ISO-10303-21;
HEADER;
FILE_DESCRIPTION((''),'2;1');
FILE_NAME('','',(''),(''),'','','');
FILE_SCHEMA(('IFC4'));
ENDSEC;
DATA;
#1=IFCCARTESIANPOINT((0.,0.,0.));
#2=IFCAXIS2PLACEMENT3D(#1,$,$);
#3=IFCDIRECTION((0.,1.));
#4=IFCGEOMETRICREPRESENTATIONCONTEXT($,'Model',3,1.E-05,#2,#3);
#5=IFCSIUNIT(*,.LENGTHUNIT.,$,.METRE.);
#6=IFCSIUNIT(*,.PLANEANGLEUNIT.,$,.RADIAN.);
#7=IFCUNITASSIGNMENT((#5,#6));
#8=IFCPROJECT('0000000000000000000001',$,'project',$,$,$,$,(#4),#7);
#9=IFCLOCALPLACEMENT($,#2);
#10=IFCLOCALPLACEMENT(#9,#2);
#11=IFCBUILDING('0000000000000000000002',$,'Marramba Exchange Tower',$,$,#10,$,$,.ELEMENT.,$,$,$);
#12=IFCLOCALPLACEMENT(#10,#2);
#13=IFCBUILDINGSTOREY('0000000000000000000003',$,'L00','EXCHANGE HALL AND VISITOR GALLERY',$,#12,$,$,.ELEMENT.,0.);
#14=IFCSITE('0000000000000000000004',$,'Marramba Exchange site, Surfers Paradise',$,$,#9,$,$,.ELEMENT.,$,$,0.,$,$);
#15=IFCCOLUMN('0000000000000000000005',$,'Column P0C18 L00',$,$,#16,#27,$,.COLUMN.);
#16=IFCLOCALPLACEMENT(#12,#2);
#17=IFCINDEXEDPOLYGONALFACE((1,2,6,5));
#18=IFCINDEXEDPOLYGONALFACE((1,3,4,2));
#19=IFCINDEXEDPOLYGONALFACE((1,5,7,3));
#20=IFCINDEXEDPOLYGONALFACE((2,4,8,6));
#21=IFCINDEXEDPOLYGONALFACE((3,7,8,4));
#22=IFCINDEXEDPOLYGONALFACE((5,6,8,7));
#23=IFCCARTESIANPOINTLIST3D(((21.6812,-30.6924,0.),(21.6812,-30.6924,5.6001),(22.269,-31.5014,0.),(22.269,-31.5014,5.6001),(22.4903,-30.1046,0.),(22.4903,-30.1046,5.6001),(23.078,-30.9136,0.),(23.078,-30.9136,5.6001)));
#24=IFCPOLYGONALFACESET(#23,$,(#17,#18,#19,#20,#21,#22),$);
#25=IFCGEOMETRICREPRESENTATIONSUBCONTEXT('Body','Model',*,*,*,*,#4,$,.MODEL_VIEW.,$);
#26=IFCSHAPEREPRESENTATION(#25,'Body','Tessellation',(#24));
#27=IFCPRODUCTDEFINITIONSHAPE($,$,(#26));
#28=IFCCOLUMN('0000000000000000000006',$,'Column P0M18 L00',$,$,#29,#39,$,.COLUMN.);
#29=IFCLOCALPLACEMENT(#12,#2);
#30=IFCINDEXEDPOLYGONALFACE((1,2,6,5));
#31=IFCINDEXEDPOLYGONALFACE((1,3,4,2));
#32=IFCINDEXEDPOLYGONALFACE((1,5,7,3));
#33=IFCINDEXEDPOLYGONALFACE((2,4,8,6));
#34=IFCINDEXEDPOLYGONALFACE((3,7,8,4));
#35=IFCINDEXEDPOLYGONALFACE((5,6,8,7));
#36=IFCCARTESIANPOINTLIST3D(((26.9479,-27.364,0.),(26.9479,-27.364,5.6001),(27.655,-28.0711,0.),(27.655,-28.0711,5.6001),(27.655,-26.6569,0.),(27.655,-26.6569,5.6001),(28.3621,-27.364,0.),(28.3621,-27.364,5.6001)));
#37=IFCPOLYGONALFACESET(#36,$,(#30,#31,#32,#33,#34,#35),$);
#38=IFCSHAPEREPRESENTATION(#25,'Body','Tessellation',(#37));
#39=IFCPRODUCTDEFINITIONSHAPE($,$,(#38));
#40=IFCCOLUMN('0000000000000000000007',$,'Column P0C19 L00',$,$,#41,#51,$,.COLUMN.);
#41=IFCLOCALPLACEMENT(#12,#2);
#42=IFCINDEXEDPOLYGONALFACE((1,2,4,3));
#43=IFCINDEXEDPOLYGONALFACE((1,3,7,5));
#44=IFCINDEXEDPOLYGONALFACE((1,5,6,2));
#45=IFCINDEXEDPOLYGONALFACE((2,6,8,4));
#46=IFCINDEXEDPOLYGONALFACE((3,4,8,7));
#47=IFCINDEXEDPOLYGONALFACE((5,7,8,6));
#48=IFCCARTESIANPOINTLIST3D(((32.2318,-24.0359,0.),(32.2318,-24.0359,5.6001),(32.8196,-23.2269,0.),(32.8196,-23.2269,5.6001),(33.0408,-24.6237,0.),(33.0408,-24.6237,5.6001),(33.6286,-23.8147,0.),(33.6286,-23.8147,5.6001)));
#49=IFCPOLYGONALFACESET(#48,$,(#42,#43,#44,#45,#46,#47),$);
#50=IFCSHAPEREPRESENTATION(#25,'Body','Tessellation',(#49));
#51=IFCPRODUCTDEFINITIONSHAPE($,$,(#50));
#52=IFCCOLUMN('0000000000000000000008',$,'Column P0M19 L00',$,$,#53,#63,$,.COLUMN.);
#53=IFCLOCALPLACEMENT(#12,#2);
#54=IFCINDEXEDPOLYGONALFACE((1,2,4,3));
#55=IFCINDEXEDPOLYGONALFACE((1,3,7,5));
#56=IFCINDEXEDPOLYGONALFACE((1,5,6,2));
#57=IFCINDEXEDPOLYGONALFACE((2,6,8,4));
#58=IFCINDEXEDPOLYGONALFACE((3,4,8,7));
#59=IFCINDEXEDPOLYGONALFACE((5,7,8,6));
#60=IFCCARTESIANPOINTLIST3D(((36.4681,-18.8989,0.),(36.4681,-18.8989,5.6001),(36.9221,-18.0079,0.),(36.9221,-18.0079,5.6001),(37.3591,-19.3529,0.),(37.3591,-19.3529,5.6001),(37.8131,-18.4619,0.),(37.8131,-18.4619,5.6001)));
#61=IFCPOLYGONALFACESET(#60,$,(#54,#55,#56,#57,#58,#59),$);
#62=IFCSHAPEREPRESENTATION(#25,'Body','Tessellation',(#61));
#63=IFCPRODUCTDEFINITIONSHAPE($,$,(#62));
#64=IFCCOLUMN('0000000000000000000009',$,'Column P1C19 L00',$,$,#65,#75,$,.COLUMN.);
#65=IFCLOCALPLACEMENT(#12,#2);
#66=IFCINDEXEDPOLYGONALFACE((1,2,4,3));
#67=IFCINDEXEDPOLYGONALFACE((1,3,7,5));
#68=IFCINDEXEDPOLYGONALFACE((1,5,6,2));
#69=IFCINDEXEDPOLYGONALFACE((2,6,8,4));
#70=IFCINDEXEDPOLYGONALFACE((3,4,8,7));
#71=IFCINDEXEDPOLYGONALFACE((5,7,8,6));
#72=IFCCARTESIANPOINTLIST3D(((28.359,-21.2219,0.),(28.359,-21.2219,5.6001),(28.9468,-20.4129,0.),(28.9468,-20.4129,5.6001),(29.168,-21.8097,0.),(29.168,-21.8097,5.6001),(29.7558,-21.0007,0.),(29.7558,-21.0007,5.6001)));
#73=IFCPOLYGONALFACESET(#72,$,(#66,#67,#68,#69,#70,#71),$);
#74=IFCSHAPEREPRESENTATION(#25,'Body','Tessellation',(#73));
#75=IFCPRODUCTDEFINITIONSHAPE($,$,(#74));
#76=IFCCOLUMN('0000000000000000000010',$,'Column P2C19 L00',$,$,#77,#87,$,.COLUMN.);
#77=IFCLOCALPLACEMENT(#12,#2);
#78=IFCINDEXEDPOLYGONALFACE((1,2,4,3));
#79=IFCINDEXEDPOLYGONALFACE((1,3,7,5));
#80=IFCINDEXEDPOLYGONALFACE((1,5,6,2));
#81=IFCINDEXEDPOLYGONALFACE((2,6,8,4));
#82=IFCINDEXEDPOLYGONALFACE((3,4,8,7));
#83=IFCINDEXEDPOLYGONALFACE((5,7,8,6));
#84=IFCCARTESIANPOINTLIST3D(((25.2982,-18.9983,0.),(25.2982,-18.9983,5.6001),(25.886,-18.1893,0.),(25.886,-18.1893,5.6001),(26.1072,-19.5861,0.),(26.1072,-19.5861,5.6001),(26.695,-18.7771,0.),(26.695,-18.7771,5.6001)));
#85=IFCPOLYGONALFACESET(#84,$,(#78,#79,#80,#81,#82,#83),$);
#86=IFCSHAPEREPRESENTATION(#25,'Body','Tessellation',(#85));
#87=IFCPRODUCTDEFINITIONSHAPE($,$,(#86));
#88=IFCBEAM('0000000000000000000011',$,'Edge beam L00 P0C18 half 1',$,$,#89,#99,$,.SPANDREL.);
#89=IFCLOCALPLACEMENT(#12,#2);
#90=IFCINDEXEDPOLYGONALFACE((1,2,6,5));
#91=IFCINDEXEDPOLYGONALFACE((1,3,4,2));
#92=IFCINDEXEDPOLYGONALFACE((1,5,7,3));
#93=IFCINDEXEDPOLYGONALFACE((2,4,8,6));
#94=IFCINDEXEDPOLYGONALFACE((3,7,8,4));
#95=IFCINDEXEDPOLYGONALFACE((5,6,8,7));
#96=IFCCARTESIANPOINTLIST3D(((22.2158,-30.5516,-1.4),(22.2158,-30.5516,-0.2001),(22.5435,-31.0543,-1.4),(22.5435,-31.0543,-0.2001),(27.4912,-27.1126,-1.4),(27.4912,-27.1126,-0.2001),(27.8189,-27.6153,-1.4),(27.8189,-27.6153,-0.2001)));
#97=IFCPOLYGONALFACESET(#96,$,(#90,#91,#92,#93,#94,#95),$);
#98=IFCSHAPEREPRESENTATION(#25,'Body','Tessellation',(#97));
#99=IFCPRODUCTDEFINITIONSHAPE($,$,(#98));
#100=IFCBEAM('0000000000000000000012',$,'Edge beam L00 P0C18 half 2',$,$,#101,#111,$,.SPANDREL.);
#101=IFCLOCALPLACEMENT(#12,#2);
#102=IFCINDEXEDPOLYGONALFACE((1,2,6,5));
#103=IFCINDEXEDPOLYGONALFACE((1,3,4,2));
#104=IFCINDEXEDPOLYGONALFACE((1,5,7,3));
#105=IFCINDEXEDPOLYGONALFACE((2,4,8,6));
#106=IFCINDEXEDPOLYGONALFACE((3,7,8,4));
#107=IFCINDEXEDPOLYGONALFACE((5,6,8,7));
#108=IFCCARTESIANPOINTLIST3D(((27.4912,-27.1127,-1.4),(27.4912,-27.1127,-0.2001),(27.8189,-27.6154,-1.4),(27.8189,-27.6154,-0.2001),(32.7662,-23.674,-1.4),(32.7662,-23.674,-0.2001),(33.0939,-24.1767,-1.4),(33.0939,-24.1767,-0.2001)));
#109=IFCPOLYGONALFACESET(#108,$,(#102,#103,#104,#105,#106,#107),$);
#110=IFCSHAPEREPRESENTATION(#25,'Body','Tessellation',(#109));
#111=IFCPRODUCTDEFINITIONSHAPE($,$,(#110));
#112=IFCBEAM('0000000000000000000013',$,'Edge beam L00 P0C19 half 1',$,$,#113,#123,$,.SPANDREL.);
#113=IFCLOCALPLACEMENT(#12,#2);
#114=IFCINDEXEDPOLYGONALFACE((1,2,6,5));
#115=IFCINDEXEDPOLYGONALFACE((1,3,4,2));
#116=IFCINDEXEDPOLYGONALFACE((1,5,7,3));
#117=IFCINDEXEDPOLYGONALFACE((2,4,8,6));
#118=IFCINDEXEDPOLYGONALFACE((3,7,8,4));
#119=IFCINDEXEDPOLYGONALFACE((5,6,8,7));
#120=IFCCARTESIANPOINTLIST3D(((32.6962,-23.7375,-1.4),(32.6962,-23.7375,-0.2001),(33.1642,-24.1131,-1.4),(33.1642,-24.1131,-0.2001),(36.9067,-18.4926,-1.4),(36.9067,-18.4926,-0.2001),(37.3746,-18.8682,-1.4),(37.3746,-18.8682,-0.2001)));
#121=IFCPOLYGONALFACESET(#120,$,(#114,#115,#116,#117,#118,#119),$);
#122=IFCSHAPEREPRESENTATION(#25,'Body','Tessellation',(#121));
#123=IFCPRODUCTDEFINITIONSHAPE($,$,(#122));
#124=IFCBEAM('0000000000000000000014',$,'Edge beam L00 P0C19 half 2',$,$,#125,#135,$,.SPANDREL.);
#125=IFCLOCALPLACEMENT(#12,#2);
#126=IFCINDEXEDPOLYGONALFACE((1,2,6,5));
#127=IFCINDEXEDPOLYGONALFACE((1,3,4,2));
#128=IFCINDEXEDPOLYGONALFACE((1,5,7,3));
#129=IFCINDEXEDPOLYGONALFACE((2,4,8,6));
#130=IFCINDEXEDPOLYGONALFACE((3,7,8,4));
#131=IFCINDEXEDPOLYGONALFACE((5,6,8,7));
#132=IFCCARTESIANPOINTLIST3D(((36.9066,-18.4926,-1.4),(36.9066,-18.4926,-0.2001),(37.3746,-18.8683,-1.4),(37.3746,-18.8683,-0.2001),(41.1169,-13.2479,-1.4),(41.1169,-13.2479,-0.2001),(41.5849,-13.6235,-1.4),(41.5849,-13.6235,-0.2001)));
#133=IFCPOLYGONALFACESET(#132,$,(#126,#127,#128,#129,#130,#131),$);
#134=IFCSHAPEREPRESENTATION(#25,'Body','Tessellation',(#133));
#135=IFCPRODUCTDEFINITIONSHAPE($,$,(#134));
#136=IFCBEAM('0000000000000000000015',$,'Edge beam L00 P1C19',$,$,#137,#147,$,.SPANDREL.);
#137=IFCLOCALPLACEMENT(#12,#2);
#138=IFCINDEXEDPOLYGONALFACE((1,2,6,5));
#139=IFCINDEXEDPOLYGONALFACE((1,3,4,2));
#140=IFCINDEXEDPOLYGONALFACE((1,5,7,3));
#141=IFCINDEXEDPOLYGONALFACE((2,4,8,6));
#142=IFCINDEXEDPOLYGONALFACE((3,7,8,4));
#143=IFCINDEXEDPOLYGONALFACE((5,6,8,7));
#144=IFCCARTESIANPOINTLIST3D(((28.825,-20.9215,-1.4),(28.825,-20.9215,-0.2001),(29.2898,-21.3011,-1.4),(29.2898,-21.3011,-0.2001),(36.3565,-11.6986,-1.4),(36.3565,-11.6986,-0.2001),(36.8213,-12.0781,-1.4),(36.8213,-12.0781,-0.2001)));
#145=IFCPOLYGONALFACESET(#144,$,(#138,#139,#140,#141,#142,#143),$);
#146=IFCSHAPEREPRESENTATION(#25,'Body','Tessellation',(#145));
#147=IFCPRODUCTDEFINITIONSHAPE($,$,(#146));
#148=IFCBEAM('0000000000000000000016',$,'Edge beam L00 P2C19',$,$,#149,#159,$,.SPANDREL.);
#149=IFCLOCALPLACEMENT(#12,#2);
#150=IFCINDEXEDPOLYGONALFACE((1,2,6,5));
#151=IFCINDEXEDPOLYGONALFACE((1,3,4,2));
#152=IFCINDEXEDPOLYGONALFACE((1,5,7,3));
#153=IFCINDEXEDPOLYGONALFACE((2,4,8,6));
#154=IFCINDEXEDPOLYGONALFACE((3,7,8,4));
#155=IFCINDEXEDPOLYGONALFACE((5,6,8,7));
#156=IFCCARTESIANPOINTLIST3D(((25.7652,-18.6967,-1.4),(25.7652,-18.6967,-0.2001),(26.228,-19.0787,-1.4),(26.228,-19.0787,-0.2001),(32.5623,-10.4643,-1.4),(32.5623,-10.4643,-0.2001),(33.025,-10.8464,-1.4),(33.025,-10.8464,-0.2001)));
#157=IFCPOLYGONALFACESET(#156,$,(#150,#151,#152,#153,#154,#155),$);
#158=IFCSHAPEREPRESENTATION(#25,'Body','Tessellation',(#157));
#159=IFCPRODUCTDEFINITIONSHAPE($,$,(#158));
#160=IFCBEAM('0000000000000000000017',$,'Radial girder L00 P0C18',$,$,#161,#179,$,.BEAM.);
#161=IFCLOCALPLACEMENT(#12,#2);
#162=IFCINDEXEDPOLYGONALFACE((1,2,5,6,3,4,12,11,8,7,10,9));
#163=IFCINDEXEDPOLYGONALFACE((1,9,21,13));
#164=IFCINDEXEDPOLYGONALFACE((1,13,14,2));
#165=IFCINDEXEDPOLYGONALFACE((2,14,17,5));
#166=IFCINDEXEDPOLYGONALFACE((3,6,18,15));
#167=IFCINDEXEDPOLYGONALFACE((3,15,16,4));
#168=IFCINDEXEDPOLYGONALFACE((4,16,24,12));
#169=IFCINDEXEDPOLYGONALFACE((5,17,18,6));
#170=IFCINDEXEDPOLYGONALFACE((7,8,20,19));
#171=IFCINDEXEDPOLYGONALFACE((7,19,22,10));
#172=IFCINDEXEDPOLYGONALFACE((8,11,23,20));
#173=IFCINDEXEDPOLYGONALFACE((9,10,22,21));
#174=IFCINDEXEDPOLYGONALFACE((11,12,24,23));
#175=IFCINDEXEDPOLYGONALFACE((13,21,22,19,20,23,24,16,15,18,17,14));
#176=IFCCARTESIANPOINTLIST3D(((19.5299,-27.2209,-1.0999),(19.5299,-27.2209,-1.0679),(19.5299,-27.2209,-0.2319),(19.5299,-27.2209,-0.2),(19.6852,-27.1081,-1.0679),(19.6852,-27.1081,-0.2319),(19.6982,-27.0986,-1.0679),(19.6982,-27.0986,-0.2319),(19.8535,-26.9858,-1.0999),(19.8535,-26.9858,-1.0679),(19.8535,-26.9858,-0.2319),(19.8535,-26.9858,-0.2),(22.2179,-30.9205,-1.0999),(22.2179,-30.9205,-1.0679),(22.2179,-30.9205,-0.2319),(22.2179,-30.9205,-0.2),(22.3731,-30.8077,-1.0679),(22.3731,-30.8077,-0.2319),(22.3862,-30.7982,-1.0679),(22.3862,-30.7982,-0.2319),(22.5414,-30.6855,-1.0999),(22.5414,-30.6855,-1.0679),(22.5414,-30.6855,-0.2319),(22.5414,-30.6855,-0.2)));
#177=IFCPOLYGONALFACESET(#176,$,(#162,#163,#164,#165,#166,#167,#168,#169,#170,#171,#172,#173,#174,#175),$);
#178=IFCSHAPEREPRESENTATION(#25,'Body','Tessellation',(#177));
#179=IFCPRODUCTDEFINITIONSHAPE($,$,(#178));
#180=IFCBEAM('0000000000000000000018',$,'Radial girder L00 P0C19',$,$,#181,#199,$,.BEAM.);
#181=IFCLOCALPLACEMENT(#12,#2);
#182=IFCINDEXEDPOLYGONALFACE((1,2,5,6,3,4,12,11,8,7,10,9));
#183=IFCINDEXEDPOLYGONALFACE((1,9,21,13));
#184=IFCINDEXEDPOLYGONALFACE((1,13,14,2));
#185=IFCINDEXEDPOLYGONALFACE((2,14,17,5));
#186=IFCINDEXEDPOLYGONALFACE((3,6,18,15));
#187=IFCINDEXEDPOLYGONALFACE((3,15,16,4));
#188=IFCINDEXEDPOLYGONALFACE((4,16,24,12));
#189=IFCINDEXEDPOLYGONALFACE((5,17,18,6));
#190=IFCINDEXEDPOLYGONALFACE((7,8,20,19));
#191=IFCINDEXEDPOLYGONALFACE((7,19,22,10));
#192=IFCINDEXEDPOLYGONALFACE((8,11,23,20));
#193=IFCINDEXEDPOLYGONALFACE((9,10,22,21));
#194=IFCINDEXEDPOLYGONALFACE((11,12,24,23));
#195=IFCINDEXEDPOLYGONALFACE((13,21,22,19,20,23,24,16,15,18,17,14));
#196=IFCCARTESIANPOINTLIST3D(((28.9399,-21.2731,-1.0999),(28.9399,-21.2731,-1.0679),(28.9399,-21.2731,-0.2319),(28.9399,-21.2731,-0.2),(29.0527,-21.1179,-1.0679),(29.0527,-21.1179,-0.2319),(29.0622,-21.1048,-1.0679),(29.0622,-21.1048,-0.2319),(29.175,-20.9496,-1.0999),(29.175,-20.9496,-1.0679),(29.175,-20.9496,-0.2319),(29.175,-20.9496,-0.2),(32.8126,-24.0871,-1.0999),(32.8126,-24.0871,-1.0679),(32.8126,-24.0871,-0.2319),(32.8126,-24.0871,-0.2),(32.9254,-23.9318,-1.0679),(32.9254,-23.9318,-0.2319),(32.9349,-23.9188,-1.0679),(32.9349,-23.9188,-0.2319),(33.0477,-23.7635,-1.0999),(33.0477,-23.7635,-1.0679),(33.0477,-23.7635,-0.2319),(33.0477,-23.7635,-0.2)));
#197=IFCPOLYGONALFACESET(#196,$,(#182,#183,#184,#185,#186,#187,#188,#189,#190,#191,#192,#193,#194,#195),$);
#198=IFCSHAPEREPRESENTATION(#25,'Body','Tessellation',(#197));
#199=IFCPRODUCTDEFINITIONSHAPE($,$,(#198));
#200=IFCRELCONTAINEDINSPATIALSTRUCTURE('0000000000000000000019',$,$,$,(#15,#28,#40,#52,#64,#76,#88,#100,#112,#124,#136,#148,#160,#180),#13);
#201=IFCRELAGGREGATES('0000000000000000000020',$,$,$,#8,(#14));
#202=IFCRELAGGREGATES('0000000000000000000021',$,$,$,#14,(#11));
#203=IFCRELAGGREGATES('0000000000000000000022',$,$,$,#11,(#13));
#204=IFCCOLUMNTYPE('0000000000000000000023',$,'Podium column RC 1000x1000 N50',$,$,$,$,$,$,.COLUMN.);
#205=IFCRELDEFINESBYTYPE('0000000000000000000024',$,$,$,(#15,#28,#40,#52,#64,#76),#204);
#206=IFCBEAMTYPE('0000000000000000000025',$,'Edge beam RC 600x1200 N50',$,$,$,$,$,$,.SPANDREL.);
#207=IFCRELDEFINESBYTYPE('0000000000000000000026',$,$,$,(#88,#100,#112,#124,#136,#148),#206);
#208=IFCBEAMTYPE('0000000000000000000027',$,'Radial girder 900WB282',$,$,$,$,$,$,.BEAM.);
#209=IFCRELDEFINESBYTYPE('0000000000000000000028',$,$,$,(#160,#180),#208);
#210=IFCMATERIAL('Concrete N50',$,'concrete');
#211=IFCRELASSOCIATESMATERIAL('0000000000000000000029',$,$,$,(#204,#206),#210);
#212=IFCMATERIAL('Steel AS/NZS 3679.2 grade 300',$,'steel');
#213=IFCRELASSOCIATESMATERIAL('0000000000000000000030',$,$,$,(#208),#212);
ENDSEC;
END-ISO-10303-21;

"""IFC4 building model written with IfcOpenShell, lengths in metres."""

from ifc_helpers import new_model, si_unit, direction, frame, origin, origin_2d, place, context, subcontext, project, spatial, rectangle, i_section, extrude, material, material_profile, profile_set, type_object, element, save


model = new_model("IFC4")

# Units and contexts
model_context = context("Model", 3, precision=1e-05, world=origin(), true_north=direction((0.0, 1.0)))
body_context = subcontext(model_context, "Body", "Model", "MODEL_VIEW")
ifc_project = project(units=[si_unit("LENGTHUNIT", "METRE"), si_unit("PLANEANGLEUNIT", "RADIAN")], contexts=[model_context])

# Site, building, storey
site_placement = place(None, origin())
site = spatial("IfcSite", under=ifc_project, at=site_placement, Name="Marramba Exchange site, Surfers Paradise", CompositionType="ELEMENT", RefElevation=0.0)
building_placement = place(site_placement, origin())
building = spatial("IfcBuilding", under=site, at=building_placement, Name="Marramba Exchange Tower", CompositionType="ELEMENT")
storey_placement = place(building_placement, origin())
storey = spatial("IfcBuildingStorey", under=building, at=storey_placement, Name="L00", Description="EXCHANGE HALL AND VISITOR GALLERY", CompositionType="ELEMENT", Elevation=0.0)

# Columns
ifc_material_1 = material(Name="Concrete N50", Category="concrete")
ifc_material_profile_1 = material_profile(ifc_material_1, rectangle(XDim=1.0, YDim=1.0, at=origin_2d()), Name="RC 1000x1000")
ifc_profile_set_1 = profile_set([ifc_material_profile_1], Name="Concrete N50")
column_type = type_object("IfcColumnType", Name="Podium column RC 1000x1000 N50", PredefinedType="COLUMN", material=ifc_profile_set_1)
for number, where, z_axis, x_axis, name in (
    (1, (22.3796, -30.803, 0.0), (0.0, 0.0, 1.0), (0.587785, -0.809017, 0.0), "Column P0C18 L00"),
    (2, (27.655, -27.364, 0.0), (0.0, 0.0, 1.0), (0.707107, -0.707107, 0.0), "Column P0M18 L00"),
    (3, (32.9302, -23.9253, 0.0), (0.0, 0.0, 1.0), (0.809017, -0.587785, 0.0), "Column P0C19 L00"),
    (4, (37.1406, -18.6804, 0.0), (0.0, 0.0, 1.0), (0.891007, -0.45399, 0.0), "Column P0M19 L00"),
    (5, (29.0574, -21.1113, 0.0), (0.0, 0.0, 1.0), (0.809017, -0.587785, 0.0), "Column P1C19 L00"),
    (6, (25.9966, -18.8877, 0.0), (0.0, 0.0, 1.0), (0.809017, -0.587785, 0.0), "Column P2C19 L00"),
):
    element("IfcColumn", number, at=place(storey_placement, frame(where, z_axis=z_axis, x_axis=x_axis)), inside=storey, type_object=column_type, Name=name, PredefinedType="COLUMN", context=body_context, shape_type="SweptSolid", body=[
        extrude(rectangle(XDim=1.0, YDim=1.0, at=origin_2d()), origin(), (0.0, 0.0, 1.0), 5.6001),
    ])

# Beams
ifc_material_profile_2 = material_profile(ifc_material_1, rectangle(XDim=0.6001, YDim=1.2, at=origin_2d()), Name="RC 600x1200")
ifc_profile_set_2 = profile_set([ifc_material_profile_2], Name="Concrete N50")
beam_type_1 = type_object("IfcBeamType", Name="Edge beam RC 600x1200 N50", PredefinedType="SPANDREL", material=ifc_profile_set_2)
beam_1_placement = place(storey_placement, frame((22.3796, -30.803, -0.8), z_axis=(0.83772, 0.5461, 0.0), x_axis=(-0.5461, 0.83772, 0.0)))
element("IfcBeam", 7, at=beam_1_placement, inside=storey, type_object=beam_type_1, Name="Edge beam L00 P0C18 half 1", PredefinedType="SPANDREL", context=body_context, shape_type="SweptSolid", body=[
    extrude(rectangle(XDim=0.6001, YDim=1.2, at=origin_2d()), origin(), (0.0, 0.0, 1.0), 6.2974),
])
beam_2_placement = place(storey_placement, frame((27.655, -27.364, -0.8), z_axis=(0.837726, 0.54609, 0.0), x_axis=(-0.54609, 0.837726, 0.0)))
element("IfcBeam", 8, at=beam_2_placement, inside=storey, type_object=beam_type_1, Name="Edge beam L00 P0C18 half 2", PredefinedType="SPANDREL", context=body_context, shape_type="SweptSolid", body=[
    extrude(rectangle(XDim=0.6001, YDim=1.2, at=origin_2d()), origin(), (0.0, 0.0, 1.0), 6.2969),
])
beam_3_placement = place(storey_placement, frame((32.9302, -23.9253, -0.8), z_axis=(0.626013, 0.779812, 0.0), x_axis=(-0.779812, 0.626013, 0.0)))
element("IfcBeam", 9, at=beam_3_placement, inside=storey, type_object=beam_type_1, Name="Edge beam L00 P0C19 half 1", PredefinedType="SPANDREL", context=body_context, shape_type="SweptSolid", body=[
    extrude(rectangle(XDim=0.6001, YDim=1.2, at=origin_2d()), origin(), (0.0, 0.0, 1.0), 6.7258),
])
beam_4_placement = place(storey_placement, frame((37.1406, -18.6804, -0.8), z_axis=(0.626009, 0.779816, 0.0), x_axis=(-0.779816, 0.626009, 0.0)))
element("IfcBeam", 10, at=beam_4_placement, inside=storey, type_object=beam_type_1, Name="Edge beam L00 P0C19 half 2", PredefinedType="SPANDREL", context=body_context, shape_type="SweptSolid", body=[
    extrude(rectangle(XDim=0.6001, YDim=1.2, at=origin_2d()), origin(), (0.0, 0.0, 1.0), 6.7256),
])
beam_5_placement = place(storey_placement, frame((29.0574, -21.1113, -0.8), z_axis=(0.632507, 0.774554, 0.0), x_axis=(-0.774554, 0.632507, 0.0)))
element("IfcBeam", 11, at=beam_5_placement, inside=storey, type_object=beam_type_1, Name="Edge beam L00 P1C19", PredefinedType="SPANDREL", context=body_context, shape_type="SweptSolid", body=[
    extrude(rectangle(XDim=0.6001, YDim=1.2, at=origin_2d()), origin(), (0.0, 0.0, 1.0), 11.9075),
])
beam_6_placement = place(storey_placement, frame((25.9966, -18.8877, -0.8), z_axis=(0.636682, 0.771126, 0.0), x_axis=(-0.771126, 0.636682, 0.0)))
element("IfcBeam", 12, at=beam_6_placement, inside=storey, type_object=beam_type_1, Name="Edge beam L00 P2C19", PredefinedType="SPANDREL", context=body_context, shape_type="SweptSolid", body=[
    extrude(rectangle(XDim=0.6001, YDim=1.2, at=origin_2d()), origin(), (0.0, 0.0, 1.0), 10.6758),
])
ifc_material_2 = material(Name="Steel AS/NZS 3679.2 grade 300", Category="steel")
ifc_material_profile_3 = material_profile(ifc_material_2, i_section(OverallWidth=0.3999, OverallDepth=0.8999, WebThickness=0.0161, FlangeThickness=0.032, at=origin_2d()), Name="900WB282")
ifc_profile_set_3 = profile_set([ifc_material_profile_3], Name="Steel AS/NZS 3679.2 grade 300")
beam_type_2 = type_object("IfcBeamType", Name="Radial girder 900WB282", PredefinedType="BEAM", material=ifc_profile_set_3)
beam_7_placement = place(storey_placement, frame((22.3796, -30.803, -0.6499), z_axis=(-0.587784, 0.809018, 0.0), x_axis=(-0.809018, -0.587784, 0.0)))
element("IfcBeam", 13, at=beam_7_placement, inside=storey, type_object=beam_type_2, Name="Radial girder L00 P0C18", PredefinedType="BEAM", context=body_context, shape_type="SweptSolid", body=[
    extrude(i_section(OverallWidth=0.3999, OverallDepth=0.8999, WebThickness=0.0161, FlangeThickness=0.032, at=origin_2d()), origin(), (0.0, 0.0, 1.0), 4.573),
])
beam_8_placement = place(storey_placement, frame((32.9302, -23.9253, -0.6499), z_axis=(-0.808996, 0.587814, 0.0), x_axis=(-0.587814, -0.808996, 0.0)))
element("IfcBeam", 14, at=beam_8_placement, inside=storey, type_object=beam_type_2, Name="Radial girder L00 P0C19", PredefinedType="BEAM", context=body_context, shape_type="SweptSolid", body=[
    extrude(i_section(OverallWidth=0.3999, OverallDepth=0.8999, WebThickness=0.0161, FlangeThickness=0.032, at=origin_2d()), origin(), (0.0, 0.0, 1.0), 4.7871),
])

save(model, "model.ifc")
